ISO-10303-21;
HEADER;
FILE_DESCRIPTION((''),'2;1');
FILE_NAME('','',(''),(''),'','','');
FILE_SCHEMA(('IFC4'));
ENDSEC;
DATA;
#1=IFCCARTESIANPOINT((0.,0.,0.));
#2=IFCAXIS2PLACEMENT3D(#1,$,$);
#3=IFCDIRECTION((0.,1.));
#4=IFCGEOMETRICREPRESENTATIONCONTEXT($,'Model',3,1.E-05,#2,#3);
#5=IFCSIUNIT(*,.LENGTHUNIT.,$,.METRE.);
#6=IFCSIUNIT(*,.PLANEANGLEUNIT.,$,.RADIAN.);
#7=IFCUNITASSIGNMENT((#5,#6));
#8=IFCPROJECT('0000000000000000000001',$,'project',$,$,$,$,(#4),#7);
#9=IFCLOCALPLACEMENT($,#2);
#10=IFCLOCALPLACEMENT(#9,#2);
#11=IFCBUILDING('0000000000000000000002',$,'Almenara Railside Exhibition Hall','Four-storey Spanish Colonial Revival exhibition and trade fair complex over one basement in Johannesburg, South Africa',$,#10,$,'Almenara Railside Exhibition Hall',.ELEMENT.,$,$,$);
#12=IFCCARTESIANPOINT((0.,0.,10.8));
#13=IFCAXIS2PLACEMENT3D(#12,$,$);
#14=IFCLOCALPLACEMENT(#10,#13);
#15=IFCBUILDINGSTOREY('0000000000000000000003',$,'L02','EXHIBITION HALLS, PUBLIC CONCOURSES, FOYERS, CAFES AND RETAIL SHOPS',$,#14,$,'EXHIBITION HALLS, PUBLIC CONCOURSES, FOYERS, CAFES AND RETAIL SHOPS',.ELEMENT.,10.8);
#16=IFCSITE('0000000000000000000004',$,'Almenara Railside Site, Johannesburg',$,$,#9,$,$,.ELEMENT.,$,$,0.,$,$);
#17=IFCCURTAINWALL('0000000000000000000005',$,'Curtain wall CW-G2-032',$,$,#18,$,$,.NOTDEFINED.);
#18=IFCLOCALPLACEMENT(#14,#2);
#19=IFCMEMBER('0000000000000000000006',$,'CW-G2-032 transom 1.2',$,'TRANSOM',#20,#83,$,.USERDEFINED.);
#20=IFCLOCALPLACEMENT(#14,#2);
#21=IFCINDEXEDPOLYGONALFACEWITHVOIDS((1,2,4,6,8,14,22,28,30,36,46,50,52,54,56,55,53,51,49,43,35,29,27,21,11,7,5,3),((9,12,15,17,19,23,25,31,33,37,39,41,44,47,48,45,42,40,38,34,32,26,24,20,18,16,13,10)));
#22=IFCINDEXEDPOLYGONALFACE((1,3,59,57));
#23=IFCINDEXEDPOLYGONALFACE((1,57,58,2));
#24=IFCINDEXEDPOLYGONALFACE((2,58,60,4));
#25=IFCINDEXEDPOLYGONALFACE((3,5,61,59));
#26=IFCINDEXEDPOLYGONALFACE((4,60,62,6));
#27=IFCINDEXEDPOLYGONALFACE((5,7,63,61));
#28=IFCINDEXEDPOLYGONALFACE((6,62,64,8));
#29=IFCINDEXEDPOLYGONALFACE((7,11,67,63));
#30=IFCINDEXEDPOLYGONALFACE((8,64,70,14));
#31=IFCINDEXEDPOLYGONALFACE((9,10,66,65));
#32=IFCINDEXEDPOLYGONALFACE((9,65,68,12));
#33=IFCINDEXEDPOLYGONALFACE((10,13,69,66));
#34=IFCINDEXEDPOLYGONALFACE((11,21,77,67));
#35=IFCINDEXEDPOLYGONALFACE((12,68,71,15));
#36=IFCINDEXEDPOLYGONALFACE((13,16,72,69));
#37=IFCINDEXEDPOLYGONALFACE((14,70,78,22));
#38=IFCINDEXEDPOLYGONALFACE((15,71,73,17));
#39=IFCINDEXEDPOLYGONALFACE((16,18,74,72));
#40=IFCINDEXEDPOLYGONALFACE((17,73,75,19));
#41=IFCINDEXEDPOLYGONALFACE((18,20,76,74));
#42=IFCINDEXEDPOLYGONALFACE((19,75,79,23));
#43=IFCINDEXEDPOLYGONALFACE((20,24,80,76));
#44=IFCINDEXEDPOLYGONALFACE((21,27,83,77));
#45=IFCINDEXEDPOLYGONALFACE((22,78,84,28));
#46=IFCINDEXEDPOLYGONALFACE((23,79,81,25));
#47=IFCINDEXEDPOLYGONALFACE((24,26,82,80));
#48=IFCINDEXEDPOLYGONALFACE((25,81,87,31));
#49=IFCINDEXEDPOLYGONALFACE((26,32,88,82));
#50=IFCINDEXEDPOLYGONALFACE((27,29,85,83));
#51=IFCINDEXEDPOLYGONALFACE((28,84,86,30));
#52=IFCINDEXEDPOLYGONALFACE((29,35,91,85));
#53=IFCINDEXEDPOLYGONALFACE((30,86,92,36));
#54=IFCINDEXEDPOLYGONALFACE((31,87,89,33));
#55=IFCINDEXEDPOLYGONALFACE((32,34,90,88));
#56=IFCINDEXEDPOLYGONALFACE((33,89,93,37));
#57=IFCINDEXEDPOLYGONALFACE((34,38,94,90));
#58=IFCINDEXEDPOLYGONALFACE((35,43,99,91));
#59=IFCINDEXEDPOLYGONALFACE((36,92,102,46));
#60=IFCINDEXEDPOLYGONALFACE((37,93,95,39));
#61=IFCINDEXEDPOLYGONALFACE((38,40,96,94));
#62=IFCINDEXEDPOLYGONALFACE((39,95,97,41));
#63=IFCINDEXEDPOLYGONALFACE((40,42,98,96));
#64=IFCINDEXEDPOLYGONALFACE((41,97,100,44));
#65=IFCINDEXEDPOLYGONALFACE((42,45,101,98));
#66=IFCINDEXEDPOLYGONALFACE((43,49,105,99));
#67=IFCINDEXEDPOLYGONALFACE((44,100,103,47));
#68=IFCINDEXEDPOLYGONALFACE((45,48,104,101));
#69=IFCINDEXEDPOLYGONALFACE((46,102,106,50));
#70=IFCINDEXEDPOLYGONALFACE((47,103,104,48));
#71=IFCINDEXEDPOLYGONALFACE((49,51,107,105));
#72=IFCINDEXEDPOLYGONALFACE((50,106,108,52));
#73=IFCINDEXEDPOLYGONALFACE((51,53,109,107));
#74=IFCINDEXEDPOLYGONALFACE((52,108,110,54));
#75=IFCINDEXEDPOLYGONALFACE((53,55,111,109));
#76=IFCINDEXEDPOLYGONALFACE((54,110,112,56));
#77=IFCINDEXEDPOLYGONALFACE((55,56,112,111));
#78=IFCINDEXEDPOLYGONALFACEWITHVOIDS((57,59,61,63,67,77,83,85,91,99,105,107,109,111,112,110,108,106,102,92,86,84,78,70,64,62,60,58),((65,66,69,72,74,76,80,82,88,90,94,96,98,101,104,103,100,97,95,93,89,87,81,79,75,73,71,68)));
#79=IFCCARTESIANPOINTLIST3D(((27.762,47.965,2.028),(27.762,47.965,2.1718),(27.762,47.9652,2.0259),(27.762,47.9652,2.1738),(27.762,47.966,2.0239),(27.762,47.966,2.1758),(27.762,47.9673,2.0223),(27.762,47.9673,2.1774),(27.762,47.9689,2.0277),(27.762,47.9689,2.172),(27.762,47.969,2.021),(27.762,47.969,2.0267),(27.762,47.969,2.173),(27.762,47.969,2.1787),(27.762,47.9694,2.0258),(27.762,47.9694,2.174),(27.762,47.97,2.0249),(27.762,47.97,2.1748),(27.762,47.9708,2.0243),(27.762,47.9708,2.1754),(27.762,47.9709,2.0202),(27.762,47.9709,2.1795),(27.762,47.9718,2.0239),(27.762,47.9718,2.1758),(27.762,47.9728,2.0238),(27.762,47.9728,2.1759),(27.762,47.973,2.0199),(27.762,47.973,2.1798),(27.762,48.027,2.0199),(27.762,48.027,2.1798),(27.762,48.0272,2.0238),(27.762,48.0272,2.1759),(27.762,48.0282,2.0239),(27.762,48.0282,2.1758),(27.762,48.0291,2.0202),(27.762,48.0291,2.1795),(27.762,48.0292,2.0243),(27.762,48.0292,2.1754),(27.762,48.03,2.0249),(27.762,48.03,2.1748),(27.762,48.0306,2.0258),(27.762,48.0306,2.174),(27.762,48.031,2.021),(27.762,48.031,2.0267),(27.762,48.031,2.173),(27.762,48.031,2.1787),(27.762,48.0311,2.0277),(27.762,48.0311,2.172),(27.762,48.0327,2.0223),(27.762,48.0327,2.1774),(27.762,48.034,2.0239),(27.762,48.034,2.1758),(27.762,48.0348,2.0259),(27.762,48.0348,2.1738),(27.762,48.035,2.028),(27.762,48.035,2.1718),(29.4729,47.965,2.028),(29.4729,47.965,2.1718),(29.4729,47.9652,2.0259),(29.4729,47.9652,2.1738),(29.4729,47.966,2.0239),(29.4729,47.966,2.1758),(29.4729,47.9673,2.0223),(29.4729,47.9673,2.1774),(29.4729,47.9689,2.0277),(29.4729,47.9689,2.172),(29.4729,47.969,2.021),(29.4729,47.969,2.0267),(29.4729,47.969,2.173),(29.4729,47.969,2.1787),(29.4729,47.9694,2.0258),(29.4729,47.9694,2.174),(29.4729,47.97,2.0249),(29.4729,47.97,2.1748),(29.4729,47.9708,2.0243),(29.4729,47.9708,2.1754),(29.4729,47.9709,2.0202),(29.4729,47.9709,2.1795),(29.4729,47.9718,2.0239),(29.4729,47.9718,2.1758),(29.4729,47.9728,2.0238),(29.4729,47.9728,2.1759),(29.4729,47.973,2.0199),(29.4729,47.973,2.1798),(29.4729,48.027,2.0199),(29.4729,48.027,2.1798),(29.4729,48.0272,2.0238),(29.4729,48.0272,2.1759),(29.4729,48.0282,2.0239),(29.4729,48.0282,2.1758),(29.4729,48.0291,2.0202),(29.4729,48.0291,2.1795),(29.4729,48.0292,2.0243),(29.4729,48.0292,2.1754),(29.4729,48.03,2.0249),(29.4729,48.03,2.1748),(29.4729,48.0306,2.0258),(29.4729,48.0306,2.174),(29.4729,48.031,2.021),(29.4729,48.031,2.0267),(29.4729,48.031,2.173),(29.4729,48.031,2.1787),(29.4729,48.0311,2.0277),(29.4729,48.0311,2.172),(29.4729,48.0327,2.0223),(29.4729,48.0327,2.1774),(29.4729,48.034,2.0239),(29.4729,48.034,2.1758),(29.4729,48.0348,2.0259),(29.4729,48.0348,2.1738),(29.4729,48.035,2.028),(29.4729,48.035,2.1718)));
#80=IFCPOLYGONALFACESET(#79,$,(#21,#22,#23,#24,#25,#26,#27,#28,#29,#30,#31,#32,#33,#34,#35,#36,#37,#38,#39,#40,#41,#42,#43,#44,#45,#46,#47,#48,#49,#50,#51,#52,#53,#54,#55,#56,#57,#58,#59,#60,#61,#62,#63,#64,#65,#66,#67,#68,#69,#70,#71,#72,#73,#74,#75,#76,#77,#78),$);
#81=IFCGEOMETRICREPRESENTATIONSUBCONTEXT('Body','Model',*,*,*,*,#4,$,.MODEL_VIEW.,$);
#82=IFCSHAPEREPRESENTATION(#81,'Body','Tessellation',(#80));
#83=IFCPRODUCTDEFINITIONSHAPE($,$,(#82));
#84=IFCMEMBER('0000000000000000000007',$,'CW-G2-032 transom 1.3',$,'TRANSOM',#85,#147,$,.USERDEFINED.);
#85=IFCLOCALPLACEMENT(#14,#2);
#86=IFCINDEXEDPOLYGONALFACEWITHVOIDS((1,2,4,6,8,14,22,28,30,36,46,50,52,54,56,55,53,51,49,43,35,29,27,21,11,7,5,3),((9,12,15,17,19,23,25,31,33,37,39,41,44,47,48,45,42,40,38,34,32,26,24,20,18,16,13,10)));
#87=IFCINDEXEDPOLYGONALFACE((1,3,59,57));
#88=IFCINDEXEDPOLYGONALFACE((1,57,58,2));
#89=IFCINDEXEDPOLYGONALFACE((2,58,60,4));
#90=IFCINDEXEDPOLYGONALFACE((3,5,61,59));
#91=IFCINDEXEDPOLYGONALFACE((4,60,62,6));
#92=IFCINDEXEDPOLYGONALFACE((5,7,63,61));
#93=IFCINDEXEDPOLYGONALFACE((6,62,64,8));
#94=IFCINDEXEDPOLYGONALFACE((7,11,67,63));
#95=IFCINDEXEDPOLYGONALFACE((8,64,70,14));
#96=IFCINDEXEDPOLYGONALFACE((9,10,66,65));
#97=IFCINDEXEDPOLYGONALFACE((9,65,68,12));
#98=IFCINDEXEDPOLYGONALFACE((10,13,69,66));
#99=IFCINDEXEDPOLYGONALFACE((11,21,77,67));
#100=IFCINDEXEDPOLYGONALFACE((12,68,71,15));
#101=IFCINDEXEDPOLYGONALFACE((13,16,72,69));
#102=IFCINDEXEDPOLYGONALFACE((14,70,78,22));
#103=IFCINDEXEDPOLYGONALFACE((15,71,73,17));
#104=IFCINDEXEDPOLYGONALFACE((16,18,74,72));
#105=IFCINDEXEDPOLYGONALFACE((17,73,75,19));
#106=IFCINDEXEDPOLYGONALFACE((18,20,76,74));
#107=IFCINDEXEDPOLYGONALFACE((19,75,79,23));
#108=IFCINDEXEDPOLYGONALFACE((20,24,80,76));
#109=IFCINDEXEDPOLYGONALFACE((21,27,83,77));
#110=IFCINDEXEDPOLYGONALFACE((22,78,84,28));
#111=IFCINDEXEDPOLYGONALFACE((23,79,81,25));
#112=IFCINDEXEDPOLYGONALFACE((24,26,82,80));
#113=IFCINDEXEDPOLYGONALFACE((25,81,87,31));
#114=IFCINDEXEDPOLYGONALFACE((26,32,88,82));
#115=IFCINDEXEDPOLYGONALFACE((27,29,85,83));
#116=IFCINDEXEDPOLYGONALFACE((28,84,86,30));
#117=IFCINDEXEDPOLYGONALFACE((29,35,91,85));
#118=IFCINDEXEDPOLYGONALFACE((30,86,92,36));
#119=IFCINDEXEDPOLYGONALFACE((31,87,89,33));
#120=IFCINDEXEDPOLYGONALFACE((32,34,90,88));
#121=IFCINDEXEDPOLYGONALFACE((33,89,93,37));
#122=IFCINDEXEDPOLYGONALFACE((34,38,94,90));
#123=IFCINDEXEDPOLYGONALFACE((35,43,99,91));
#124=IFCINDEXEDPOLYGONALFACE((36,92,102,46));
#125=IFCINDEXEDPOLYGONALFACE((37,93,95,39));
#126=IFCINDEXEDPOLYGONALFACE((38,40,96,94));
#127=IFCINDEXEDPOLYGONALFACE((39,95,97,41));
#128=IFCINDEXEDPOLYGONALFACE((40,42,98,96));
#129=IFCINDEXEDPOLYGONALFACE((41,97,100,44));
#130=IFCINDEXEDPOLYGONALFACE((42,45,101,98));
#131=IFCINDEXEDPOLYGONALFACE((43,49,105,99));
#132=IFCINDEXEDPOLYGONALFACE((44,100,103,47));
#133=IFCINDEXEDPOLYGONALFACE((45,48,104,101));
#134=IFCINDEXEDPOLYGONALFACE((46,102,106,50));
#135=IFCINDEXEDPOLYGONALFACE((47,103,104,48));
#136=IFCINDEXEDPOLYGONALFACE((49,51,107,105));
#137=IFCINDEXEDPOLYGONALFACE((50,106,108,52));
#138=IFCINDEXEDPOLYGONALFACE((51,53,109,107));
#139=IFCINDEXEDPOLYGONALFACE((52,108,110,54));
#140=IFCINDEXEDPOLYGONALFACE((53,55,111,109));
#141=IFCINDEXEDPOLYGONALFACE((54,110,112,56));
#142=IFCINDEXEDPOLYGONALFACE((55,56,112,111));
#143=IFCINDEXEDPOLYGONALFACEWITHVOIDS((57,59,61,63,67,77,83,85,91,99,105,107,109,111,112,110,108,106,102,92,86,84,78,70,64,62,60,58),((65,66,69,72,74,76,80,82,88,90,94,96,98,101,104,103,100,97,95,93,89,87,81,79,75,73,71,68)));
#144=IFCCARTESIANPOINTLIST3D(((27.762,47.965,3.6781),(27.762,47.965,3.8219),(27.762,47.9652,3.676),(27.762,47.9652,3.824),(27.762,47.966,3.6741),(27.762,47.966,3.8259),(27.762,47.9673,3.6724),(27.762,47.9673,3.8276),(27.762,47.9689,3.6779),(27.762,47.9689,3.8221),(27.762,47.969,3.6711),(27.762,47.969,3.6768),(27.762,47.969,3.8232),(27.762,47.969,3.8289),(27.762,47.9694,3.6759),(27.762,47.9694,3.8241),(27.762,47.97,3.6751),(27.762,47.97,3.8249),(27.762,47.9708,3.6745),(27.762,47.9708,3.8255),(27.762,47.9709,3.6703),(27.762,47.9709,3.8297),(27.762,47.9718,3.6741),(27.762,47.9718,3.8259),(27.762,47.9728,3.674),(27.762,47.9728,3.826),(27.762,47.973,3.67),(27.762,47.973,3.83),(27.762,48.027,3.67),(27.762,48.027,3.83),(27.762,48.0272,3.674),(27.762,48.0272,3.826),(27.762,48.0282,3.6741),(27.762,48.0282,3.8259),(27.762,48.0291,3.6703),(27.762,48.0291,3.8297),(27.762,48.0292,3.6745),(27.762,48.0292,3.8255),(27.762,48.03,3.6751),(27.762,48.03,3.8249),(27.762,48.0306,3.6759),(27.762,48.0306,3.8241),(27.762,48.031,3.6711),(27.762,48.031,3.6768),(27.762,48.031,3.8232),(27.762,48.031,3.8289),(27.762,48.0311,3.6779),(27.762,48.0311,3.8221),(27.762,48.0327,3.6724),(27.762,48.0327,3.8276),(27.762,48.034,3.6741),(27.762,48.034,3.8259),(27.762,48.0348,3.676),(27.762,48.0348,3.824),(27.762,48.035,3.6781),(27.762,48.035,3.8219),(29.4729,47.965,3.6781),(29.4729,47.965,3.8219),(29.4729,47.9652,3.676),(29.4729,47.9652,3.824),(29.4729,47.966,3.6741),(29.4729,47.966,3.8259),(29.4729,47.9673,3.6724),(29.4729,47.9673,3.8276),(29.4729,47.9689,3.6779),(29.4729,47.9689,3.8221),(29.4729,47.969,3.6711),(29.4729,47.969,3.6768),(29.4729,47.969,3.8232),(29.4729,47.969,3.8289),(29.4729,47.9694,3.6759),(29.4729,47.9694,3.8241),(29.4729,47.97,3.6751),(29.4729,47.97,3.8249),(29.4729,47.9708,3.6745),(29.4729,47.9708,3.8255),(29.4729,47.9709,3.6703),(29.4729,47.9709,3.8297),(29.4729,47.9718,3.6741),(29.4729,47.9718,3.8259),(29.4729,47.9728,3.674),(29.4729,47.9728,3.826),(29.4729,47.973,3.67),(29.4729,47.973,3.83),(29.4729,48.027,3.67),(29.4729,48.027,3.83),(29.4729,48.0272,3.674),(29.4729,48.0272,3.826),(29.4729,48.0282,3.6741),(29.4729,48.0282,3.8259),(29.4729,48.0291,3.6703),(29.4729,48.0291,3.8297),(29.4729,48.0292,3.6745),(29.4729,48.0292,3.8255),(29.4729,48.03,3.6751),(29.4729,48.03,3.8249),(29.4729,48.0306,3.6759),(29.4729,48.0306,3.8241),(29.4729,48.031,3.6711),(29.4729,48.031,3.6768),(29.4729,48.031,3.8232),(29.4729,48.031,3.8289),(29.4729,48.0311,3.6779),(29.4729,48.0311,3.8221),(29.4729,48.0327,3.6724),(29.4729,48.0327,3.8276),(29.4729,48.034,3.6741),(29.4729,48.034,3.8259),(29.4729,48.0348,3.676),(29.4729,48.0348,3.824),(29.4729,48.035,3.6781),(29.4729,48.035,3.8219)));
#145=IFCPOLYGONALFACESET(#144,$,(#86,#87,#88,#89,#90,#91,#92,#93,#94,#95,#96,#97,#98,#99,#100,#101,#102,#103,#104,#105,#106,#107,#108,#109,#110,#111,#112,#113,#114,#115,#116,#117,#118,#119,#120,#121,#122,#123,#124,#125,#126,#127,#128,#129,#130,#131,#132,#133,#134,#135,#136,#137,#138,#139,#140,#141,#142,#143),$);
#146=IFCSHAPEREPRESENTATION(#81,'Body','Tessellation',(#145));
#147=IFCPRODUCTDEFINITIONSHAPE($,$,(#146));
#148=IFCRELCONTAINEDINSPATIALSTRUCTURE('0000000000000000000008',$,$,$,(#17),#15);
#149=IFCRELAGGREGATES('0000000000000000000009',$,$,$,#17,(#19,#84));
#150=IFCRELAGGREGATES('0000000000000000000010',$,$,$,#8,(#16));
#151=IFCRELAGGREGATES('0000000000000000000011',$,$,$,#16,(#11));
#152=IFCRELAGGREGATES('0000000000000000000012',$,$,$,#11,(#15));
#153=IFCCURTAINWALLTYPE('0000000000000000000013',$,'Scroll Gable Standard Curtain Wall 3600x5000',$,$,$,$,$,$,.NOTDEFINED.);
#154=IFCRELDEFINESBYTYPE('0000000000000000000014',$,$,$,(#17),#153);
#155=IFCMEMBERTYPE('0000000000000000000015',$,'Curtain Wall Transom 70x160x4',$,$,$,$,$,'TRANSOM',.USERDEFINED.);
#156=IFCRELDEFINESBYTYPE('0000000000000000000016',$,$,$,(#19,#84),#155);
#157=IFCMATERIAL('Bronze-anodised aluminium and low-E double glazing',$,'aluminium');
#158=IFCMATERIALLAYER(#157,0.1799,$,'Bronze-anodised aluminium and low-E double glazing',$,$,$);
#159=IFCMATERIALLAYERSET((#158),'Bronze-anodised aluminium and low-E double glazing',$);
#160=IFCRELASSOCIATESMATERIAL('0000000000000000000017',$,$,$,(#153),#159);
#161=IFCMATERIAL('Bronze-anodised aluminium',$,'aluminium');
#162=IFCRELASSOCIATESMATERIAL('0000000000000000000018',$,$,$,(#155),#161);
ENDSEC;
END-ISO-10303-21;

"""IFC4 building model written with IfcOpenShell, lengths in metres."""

from ifc_helpers import new_model, si_unit, direction, frame, origin, origin_2d, place, context, subcontext, project, spatial, hollow_rectangle, extrude, material, layer, layer_set, material_profile, profile_set, type_object, element, aggregate, save


model = new_model("IFC4")

# Units and contexts
model_context = context("Model", 3, precision=1e-05, world=origin(), true_north=direction((0.0, 1.0)))
body_context = subcontext(model_context, "Body", "Model", "MODEL_VIEW")
ifc_project = project(units=[si_unit("LENGTHUNIT", "METRE"), si_unit("PLANEANGLEUNIT", "RADIAN")], contexts=[model_context])

# Site, building, storey
site_placement = place(None, origin())
site = spatial("IfcSite", under=ifc_project, at=site_placement, Name="Almenara Railside Site, Johannesburg", CompositionType="ELEMENT", RefElevation=0.0)
building_placement = place(site_placement, origin())
building = spatial("IfcBuilding", under=site, at=building_placement, Name="Almenara Railside Exhibition Hall", Description="Four-storey Spanish Colonial Revival exhibition and trade fair complex over one basement in Johannesburg, South Africa", LongName="Almenara Railside Exhibition Hall", CompositionType="ELEMENT")
storey_placement = place(building_placement, frame((0.0, 0.0, 10.8)))
storey = spatial("IfcBuildingStorey", under=building, at=storey_placement, Name="L02", Description="EXHIBITION HALLS, PUBLIC CONCOURSES, FOYERS, CAFES AND RETAIL SHOPS", LongName="EXHIBITION HALLS, PUBLIC CONCOURSES, FOYERS, CAFES AND RETAIL SHOPS", CompositionType="ELEMENT", Elevation=10.8)

# Curtain wall
ifc_material_1 = material(Name="Bronze-anodised aluminium and low-E double glazing", Category="aluminium")
ifc_material_2 = material(Name="Bronze-anodised aluminium", Category="aluminium")
ifc_layer_1 = layer(ifc_material_1, 0.1799, Name="Bronze-anodised aluminium and low-E double glazing")
ifc_layer_set_1 = layer_set([ifc_layer_1], Name="Bronze-anodised aluminium and low-E double glazing")
curtain_wall_type_1 = type_object("IfcCurtainWallType", Name="Scroll Gable Standard Curtain Wall 3600x5000", PredefinedType="NOTDEFINED", material=ifc_layer_set_1)
curtain_wall_1_placement = place(storey_placement, origin())
curtain_wall_1 = element("IfcCurtainWall", 1, at=curtain_wall_1_placement, inside=storey, type_object=curtain_wall_type_1, Name="Curtain wall CW-G2-032", PredefinedType="NOTDEFINED")

# Members
ifc_material_profile_1 = material_profile(ifc_material_2, hollow_rectangle(XDim=0.0701, YDim=0.1599, WallThickness=0.0039, InnerFilletRadius=0.0039, OuterFilletRadius=0.0081, at=origin_2d()), Name="ALU-TRN 70x160x4")
ifc_profile_set_1 = profile_set([ifc_material_profile_1], Name="Bronze-anodised aluminium")
member_type_1 = type_object("IfcMemberType", Name="Curtain Wall Transom 70x160x4", ElementType="TRANSOM", PredefinedType="USERDEFINED", material=ifc_profile_set_1)
member_1_placement = place(storey_placement, frame((27.762, 48.0, 2.0999), z_axis=(1.0, 0.0, 0.0), x_axis=(0.0, 1.0, 0.0)))
member_1 = element("IfcMember", 2, at=member_1_placement, type_object=member_type_1, Name="CW-G2-032 transom 1.2", ObjectType="TRANSOM", PredefinedType="USERDEFINED", context=body_context, shape_type="SweptSolid", body=[
    extrude(hollow_rectangle(XDim=0.0701, YDim=0.1599, WallThickness=0.0039, InnerFilletRadius=0.0039, OuterFilletRadius=0.0081, at=origin_2d()), origin(), (0.0, 0.0, 1.0), 1.7109),
])
member_2_placement = place(storey_placement, frame((27.762, 48.0, 3.75), z_axis=(1.0, 0.0, 0.0), x_axis=(0.0, 1.0, 0.0)))
member_2 = element("IfcMember", 3, at=member_2_placement, type_object=member_type_1, Name="CW-G2-032 transom 1.3", ObjectType="TRANSOM", PredefinedType="USERDEFINED", context=body_context, shape_type="SweptSolid", body=[
    extrude(hollow_rectangle(XDim=0.0701, YDim=0.1599, WallThickness=0.0039, InnerFilletRadius=0.0039, OuterFilletRadius=0.0081, at=origin_2d()), origin(), (0.0, 0.0, 1.0), 1.7109),
])

aggregate(curtain_wall_1, [member_1, member_2])

save(model, "model.ifc")
